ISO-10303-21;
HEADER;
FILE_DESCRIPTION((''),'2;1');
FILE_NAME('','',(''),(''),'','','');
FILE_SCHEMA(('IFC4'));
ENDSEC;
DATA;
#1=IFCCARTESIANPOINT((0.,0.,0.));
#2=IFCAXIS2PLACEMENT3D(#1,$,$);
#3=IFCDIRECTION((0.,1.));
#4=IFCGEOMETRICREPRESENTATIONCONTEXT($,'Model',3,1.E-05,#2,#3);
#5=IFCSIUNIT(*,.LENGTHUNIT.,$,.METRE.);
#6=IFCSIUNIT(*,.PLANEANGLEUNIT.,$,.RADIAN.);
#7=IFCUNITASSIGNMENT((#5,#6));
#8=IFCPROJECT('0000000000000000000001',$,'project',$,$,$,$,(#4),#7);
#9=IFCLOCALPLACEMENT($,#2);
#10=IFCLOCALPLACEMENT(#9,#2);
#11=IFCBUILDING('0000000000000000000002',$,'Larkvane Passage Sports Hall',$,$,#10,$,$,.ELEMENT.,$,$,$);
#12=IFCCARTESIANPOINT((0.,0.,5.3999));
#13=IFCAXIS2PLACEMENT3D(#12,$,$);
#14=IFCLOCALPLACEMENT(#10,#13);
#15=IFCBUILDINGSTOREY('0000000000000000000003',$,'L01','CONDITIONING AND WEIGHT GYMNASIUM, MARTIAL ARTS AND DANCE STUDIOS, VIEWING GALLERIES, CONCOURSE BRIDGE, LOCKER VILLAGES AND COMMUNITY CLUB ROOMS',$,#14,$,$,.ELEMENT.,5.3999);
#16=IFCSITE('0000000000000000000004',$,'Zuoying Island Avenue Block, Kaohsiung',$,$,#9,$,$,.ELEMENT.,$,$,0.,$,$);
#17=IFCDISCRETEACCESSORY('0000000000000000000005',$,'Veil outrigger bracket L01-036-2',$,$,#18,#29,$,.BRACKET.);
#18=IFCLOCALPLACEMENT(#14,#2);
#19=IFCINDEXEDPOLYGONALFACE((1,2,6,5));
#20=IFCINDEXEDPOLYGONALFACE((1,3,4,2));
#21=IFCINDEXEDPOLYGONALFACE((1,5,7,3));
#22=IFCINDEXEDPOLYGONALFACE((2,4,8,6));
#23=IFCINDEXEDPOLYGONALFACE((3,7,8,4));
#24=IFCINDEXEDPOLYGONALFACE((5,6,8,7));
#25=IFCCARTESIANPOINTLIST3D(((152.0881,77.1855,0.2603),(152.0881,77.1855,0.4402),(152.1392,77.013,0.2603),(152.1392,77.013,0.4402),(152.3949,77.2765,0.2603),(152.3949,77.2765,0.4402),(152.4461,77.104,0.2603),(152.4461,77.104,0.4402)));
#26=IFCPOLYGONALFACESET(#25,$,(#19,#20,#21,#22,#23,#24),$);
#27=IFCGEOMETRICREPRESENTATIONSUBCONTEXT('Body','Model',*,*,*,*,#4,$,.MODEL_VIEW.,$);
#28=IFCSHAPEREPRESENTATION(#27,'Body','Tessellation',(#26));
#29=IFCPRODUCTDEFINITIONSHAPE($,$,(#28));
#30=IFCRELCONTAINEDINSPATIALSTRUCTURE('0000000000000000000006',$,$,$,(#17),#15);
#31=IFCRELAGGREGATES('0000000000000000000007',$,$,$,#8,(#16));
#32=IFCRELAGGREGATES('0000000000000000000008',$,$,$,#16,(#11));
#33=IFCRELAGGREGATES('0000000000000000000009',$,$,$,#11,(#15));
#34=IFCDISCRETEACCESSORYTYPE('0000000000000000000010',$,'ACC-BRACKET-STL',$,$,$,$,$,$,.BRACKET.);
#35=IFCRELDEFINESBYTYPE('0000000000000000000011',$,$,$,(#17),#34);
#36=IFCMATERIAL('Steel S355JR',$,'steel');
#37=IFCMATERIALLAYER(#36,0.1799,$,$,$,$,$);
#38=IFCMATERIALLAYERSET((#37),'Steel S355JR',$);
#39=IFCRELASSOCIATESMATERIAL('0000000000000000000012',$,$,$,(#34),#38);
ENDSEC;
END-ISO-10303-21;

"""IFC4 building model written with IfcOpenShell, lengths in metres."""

from ifc_helpers import new_model, si_unit, direction, frame, origin, origin_2d, place, context, subcontext, project, spatial, rectangle, extrude, material, layer, layer_set, type_object, element, save


model = new_model("IFC4")

# Units and contexts
model_context = context("Model", 3, precision=1e-05, world=origin(), true_north=direction((0.0, 1.0)))
body_context = subcontext(model_context, "Body", "Model", "MODEL_VIEW")
ifc_project = project(units=[si_unit("LENGTHUNIT", "METRE"), si_unit("PLANEANGLEUNIT", "RADIAN")], contexts=[model_context])

# Site, building, storey
site_placement = place(None, origin())
site = spatial("IfcSite", under=ifc_project, at=site_placement, Name="Zuoying Island Avenue Block, Kaohsiung", CompositionType="ELEMENT", RefElevation=0.0)
building_placement = place(site_placement, origin())
building = spatial("IfcBuilding", under=site, at=building_placement, Name="Larkvane Passage Sports Hall", CompositionType="ELEMENT")
storey_placement = place(building_placement, frame((0.0, 0.0, 5.3999)))
storey = spatial("IfcBuildingStorey", under=building, at=storey_placement, Name="L01", Description="CONDITIONING AND WEIGHT GYMNASIUM, MARTIAL ARTS AND DANCE STUDIOS, VIEWING GALLERIES, CONCOURSE BRIDGE, LOCKER VILLAGES AND COMMUNITY CLUB ROOMS", CompositionType="ELEMENT", Elevation=5.3999)

# Discrete accessory
ifc_material_1 = material(Name="Steel S355JR", Category="steel")
ifc_layer_1 = layer(ifc_material_1, 0.1799)
ifc_layer_set_1 = layer_set([ifc_layer_1], Name="Steel S355JR")
discrete_accessory_type = type_object("IfcDiscreteAccessoryType", Name="ACC-BRACKET-STL", PredefinedType="BRACKET", material=ifc_layer_set_1)
for number, where, z_axis, x_axis, name in (
    (1, (152.2671, 77.1448, 0.2603), (0.0, 0.0, 1.0), (0.284365, -0.958716, 0.0), "Veil outrigger bracket L01-036-2"),
):
    element("IfcDiscreteAccessory", number, at=place(storey_placement, frame(where, z_axis=z_axis, x_axis=x_axis)), inside=storey, type_object=discrete_accessory_type, Name=name, PredefinedType="BRACKET", context=body_context, shape_type="SweptSolid", body=[
        extrude(rectangle(XDim=0.1799, YDim=0.3201, at=origin_2d()), origin(), (0.0, 0.0, 1.0), 0.1799),
    ])

save(model, "model.ifc")
